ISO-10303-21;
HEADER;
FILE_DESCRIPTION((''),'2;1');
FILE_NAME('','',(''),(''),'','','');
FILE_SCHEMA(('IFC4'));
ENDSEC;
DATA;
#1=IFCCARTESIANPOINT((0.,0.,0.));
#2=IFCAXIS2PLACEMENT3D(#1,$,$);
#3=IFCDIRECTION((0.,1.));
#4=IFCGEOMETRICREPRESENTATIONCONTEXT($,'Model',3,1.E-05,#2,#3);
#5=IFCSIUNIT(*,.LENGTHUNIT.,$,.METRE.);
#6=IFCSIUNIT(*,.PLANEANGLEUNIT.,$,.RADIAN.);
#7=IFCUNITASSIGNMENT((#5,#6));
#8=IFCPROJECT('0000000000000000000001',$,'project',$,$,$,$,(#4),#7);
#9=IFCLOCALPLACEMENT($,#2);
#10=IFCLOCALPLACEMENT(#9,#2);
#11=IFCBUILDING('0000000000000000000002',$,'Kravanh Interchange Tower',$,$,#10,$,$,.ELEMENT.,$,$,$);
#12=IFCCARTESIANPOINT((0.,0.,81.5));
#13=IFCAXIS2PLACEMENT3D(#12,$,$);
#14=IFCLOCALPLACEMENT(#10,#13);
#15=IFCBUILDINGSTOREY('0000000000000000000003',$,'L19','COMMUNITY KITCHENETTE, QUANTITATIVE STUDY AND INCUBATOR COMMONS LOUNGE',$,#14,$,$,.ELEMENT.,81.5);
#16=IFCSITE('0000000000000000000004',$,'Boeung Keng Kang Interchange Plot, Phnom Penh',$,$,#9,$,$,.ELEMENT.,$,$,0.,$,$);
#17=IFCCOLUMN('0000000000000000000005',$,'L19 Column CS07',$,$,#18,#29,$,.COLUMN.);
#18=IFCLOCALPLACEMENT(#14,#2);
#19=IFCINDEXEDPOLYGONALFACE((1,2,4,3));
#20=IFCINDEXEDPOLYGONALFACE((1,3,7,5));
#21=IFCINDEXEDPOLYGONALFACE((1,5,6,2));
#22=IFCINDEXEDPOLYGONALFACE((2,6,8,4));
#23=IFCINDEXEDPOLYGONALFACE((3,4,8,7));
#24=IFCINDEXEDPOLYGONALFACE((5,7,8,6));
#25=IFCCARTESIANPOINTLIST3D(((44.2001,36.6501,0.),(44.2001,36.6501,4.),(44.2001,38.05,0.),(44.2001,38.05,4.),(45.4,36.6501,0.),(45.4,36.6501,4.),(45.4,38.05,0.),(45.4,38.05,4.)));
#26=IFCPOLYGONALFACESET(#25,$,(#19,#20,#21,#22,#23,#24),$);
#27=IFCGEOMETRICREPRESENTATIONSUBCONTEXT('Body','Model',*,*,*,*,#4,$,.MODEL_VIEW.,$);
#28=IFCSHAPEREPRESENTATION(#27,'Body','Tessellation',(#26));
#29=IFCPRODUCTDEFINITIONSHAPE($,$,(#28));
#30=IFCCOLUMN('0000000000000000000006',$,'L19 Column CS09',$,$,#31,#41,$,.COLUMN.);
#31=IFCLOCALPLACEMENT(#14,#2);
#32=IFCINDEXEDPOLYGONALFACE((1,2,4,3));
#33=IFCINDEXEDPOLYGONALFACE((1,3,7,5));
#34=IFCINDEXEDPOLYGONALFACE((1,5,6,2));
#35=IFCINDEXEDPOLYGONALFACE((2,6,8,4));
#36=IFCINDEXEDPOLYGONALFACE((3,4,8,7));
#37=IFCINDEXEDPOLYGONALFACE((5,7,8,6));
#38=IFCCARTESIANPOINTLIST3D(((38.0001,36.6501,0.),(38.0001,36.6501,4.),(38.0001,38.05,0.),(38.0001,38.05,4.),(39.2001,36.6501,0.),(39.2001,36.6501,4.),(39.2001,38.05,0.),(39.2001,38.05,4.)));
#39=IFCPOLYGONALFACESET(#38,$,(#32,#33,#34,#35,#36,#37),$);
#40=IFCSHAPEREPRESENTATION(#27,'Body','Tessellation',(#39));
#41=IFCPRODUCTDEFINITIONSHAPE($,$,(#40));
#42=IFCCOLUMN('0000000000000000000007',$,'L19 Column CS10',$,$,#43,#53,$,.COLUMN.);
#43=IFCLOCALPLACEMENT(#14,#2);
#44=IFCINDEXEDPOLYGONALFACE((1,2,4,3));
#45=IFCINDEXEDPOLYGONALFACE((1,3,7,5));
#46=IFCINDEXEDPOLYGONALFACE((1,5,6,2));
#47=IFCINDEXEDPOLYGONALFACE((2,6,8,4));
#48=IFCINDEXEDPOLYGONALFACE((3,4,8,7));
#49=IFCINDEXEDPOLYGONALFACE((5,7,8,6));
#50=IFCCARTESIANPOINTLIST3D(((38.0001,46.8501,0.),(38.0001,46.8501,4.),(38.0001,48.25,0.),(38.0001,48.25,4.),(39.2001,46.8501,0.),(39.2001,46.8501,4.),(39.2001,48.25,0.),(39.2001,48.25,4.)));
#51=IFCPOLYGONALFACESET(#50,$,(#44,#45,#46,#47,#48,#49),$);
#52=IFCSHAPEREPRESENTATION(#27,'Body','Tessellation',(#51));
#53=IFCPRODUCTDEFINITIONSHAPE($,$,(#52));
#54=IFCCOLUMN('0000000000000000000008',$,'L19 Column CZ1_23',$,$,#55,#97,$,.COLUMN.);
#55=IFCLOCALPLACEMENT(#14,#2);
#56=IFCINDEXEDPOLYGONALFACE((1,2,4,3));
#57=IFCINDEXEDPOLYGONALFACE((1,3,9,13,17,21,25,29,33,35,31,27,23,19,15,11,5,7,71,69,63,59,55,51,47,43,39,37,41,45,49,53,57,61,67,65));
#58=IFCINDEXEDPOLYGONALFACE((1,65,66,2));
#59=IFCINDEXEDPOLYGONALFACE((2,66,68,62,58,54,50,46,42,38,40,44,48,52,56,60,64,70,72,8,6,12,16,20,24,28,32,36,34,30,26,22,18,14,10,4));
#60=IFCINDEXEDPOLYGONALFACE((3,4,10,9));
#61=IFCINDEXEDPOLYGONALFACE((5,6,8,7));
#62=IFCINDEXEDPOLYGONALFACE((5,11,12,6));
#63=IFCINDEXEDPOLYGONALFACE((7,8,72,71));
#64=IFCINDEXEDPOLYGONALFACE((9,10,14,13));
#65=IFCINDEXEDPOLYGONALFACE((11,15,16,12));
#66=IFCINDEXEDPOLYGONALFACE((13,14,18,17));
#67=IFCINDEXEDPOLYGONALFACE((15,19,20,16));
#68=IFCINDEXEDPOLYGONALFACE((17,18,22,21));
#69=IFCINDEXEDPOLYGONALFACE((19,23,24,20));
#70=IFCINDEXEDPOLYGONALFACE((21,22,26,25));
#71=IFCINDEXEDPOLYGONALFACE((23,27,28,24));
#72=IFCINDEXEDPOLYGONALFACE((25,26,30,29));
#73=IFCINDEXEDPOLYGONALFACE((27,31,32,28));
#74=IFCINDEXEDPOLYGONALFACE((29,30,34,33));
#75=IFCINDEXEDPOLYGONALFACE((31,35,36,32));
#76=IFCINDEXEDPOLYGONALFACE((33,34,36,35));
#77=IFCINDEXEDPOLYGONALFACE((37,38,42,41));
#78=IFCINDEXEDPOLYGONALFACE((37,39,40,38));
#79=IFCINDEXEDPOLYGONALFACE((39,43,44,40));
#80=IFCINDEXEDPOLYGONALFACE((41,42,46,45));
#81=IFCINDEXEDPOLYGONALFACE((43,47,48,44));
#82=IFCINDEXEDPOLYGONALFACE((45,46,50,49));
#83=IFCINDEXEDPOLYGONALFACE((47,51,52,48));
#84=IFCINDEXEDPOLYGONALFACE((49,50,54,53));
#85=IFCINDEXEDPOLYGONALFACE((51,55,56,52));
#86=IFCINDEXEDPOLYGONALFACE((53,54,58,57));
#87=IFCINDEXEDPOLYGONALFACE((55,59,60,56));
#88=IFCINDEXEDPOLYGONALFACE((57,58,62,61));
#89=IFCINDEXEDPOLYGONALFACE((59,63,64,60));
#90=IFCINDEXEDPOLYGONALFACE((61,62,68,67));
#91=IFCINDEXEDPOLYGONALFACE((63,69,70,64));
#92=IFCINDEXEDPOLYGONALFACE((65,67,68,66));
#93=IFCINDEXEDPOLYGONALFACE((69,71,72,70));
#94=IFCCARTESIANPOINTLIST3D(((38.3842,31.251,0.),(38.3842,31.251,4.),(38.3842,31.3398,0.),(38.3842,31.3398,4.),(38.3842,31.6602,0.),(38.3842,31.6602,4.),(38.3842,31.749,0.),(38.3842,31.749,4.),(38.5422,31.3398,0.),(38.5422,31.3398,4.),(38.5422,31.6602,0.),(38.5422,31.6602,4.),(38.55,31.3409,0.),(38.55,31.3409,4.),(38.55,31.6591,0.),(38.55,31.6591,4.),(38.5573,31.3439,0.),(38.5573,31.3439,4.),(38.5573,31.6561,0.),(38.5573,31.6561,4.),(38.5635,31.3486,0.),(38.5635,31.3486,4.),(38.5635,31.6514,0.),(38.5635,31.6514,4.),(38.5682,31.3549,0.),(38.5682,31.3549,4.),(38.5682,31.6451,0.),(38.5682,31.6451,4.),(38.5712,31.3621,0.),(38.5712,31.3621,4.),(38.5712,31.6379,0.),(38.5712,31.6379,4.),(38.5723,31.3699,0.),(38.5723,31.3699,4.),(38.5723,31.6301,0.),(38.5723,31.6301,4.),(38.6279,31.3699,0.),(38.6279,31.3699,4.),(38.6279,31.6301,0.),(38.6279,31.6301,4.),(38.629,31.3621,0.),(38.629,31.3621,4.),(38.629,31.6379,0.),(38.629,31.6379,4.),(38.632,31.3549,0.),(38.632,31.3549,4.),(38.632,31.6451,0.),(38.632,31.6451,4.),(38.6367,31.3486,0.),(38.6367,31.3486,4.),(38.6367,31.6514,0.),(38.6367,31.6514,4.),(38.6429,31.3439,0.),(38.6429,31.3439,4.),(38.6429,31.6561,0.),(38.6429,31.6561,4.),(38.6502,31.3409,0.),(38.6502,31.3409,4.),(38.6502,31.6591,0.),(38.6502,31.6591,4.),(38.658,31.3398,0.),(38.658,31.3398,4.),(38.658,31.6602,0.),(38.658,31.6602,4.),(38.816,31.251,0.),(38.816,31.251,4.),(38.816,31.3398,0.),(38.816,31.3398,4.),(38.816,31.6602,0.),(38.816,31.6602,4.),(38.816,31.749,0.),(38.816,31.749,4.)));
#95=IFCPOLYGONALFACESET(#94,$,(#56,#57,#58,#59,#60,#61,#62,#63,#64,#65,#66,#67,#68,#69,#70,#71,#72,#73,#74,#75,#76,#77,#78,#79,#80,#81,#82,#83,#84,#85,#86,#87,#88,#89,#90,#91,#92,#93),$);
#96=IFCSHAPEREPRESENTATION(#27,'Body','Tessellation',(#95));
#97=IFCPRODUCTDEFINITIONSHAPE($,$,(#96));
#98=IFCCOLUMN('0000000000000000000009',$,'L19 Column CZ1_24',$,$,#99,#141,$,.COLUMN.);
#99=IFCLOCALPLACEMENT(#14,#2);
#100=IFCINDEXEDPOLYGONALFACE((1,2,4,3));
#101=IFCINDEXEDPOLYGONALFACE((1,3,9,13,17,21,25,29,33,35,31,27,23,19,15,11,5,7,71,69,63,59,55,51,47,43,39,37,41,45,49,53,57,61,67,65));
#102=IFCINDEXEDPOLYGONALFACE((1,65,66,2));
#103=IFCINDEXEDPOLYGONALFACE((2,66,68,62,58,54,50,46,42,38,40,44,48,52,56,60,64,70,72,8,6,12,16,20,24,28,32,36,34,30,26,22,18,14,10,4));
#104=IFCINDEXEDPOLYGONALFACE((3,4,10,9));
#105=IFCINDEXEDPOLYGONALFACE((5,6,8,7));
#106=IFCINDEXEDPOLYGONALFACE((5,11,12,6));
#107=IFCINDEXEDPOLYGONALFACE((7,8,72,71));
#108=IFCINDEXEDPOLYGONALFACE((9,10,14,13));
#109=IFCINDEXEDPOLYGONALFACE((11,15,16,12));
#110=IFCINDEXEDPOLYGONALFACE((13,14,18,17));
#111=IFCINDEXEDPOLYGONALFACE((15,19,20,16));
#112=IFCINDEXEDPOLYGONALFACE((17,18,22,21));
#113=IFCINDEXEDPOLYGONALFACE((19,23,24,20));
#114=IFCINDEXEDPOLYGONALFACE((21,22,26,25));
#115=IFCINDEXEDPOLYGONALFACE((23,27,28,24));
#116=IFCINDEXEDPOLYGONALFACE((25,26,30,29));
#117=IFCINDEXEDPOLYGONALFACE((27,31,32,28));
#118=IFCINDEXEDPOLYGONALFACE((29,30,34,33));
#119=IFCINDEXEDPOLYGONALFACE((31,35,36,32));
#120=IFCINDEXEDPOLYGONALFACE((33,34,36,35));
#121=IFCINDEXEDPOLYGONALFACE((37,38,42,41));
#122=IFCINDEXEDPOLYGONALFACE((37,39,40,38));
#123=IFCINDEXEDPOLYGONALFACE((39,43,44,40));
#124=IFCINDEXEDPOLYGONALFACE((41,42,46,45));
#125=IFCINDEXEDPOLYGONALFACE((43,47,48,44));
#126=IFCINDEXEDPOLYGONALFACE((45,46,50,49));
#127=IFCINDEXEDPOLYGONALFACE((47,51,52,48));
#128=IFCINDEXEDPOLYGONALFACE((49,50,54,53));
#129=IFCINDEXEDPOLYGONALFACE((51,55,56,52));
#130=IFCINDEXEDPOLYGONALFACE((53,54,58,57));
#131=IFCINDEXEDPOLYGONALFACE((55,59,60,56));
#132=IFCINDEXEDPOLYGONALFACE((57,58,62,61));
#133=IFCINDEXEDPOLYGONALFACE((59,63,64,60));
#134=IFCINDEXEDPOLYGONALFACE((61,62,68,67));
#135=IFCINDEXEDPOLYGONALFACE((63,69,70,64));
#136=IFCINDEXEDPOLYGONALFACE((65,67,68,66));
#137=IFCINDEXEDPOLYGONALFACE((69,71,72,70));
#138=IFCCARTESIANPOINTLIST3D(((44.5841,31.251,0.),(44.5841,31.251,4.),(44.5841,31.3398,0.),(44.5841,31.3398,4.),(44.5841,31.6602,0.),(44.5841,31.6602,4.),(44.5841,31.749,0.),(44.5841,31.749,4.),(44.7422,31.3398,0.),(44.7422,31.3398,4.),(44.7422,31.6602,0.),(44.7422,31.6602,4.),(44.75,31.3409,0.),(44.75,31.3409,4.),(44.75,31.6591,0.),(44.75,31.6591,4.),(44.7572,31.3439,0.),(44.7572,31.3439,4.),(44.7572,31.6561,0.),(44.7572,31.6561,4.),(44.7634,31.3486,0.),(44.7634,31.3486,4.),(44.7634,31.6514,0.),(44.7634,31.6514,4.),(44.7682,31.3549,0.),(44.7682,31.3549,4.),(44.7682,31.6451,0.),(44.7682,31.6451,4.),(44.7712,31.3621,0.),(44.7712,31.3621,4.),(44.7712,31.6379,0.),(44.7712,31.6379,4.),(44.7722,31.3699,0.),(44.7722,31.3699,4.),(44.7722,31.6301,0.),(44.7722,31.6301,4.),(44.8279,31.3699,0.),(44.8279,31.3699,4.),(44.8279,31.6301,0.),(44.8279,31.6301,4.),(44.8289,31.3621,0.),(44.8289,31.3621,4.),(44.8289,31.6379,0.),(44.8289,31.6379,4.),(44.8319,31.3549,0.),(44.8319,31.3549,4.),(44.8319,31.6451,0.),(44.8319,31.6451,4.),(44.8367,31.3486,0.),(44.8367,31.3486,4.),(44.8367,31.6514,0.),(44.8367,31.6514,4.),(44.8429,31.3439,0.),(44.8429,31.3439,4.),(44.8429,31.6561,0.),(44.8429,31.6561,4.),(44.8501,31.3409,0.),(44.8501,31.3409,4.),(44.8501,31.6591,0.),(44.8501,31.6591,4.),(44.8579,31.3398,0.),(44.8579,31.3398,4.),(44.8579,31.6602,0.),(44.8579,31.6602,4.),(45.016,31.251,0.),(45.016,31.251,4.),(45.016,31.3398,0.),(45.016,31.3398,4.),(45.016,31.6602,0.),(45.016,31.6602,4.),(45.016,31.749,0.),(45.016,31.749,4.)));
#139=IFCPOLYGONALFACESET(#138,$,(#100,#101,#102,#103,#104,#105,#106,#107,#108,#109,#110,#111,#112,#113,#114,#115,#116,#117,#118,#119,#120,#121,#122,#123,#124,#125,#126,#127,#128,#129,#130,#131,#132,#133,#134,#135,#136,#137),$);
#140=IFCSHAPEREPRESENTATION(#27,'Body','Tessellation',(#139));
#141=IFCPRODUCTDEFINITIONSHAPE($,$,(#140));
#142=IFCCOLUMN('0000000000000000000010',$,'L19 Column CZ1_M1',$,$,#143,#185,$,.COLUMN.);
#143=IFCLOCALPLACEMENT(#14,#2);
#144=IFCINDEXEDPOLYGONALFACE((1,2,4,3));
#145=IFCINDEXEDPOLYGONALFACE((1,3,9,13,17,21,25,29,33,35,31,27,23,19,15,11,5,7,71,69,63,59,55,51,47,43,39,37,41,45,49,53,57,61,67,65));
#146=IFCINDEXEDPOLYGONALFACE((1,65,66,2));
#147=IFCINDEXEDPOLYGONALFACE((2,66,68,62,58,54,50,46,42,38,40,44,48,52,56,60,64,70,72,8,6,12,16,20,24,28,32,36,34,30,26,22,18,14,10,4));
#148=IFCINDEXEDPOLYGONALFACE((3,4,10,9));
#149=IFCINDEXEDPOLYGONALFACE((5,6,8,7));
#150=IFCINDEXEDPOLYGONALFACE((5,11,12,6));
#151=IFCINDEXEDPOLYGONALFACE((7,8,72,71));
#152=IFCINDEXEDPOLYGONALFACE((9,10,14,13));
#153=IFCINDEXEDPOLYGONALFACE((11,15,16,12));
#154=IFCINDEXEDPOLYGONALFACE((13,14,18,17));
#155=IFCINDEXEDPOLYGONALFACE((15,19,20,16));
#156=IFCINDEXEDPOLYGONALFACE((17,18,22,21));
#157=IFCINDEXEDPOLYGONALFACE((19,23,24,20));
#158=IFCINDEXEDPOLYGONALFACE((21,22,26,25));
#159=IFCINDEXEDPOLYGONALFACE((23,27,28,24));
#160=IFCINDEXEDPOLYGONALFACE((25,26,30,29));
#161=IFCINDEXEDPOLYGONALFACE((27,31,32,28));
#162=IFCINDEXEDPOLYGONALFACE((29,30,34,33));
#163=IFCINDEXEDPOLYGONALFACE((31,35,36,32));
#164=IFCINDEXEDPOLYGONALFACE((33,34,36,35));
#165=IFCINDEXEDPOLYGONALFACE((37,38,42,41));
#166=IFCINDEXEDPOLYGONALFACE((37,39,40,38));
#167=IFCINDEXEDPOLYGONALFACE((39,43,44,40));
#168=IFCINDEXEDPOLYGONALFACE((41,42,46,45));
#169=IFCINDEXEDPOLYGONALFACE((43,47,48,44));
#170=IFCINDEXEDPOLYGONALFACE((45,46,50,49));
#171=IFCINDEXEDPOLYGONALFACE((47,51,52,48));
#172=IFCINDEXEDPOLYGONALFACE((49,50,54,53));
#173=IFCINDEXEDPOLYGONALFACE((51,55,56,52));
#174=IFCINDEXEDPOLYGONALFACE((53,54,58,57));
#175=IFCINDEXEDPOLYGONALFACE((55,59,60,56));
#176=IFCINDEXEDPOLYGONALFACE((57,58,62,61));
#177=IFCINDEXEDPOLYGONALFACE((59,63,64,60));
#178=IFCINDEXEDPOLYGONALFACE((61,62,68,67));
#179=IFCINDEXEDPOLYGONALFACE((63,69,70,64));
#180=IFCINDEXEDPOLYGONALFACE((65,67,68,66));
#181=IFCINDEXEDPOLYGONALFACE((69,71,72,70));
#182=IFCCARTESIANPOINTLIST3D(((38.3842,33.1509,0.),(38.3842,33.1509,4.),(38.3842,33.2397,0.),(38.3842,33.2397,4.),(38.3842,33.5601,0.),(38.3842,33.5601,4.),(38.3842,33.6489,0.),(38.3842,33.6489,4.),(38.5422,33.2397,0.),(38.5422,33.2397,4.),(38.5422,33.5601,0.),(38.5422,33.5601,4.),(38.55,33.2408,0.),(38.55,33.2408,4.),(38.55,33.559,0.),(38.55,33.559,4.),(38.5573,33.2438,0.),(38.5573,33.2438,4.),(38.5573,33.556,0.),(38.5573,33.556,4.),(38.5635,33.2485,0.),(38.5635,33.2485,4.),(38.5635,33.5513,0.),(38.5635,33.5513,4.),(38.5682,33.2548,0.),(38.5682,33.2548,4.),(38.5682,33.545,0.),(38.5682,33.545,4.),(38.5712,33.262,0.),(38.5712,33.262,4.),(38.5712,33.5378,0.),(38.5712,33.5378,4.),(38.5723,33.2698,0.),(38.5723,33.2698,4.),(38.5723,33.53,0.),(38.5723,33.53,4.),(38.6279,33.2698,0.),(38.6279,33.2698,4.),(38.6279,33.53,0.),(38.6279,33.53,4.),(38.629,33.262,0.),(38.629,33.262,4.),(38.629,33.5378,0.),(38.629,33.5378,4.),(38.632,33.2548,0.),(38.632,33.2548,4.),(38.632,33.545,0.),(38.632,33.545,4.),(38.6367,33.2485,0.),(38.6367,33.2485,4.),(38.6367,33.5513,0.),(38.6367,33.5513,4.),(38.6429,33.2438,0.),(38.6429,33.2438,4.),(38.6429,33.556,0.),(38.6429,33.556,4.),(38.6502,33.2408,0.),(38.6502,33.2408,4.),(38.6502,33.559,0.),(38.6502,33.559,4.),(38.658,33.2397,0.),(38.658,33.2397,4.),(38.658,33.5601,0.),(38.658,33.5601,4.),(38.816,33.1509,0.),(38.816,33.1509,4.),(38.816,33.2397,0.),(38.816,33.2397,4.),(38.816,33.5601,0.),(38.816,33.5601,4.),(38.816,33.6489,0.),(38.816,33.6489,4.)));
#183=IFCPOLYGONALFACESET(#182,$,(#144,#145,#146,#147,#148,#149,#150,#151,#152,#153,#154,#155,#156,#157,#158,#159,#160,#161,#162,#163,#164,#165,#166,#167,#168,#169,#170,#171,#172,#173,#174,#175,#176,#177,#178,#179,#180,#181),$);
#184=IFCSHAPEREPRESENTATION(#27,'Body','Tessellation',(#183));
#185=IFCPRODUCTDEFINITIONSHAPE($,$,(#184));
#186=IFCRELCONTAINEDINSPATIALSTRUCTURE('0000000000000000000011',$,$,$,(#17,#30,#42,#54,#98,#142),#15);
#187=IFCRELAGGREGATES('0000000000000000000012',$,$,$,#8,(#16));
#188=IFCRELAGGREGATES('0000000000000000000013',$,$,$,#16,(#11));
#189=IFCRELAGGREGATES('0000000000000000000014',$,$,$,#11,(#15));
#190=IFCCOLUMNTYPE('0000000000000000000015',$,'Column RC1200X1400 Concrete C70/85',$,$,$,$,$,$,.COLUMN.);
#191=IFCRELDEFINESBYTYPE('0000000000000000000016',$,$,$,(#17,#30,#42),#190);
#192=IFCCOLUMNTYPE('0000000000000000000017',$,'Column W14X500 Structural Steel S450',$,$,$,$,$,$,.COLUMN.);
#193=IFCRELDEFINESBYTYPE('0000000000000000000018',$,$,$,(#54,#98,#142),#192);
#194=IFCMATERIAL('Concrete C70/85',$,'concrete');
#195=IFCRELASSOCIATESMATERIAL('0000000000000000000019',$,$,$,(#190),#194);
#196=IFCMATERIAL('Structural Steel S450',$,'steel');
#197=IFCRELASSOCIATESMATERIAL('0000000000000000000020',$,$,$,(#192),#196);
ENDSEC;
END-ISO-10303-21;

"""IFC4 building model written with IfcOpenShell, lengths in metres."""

from ifc_helpers import new_model, si_unit, direction, frame, origin, origin_2d, place, context, subcontext, project, spatial, rectangle, i_section, extrude, material, material_profile, profile_set, type_object, element, save


model = new_model("IFC4")

# Units and contexts
model_context = context("Model", 3, precision=1e-05, world=origin(), true_north=direction((0.0, 1.0)))
body_context = subcontext(model_context, "Body", "Model", "MODEL_VIEW")
ifc_project = project(units=[si_unit("LENGTHUNIT", "METRE"), si_unit("PLANEANGLEUNIT", "RADIAN")], contexts=[model_context])

# Site, building, storey
site_placement = place(None, origin())
site = spatial("IfcSite", under=ifc_project, at=site_placement, Name="Boeung Keng Kang Interchange Plot, Phnom Penh", CompositionType="ELEMENT", RefElevation=0.0)
building_placement = place(site_placement, origin())
building = spatial("IfcBuilding", under=site, at=building_placement, Name="Kravanh Interchange Tower", CompositionType="ELEMENT")
storey_placement = place(building_placement, frame((0.0, 0.0, 81.5)))
storey = spatial("IfcBuildingStorey", under=building, at=storey_placement, Name="L19", Description="COMMUNITY KITCHENETTE, QUANTITATIVE STUDY AND INCUBATOR COMMONS LOUNGE", CompositionType="ELEMENT", Elevation=81.5)

# Columns
ifc_material_1 = material(Name="Concrete C70/85", Category="concrete")
ifc_material_profile_1 = material_profile(ifc_material_1, rectangle(XDim=1.2, YDim=1.3999, at=origin_2d()), Name="RC1200X1400")
ifc_profile_set_1 = profile_set([ifc_material_profile_1], Name="Concrete C70/85")
column_type_1 = type_object("IfcColumnType", Name="Column RC1200X1400 Concrete C70/85", PredefinedType="COLUMN", material=ifc_profile_set_1)
for number, where, z_axis, x_axis, name in (
    (1, (44.8, 37.3501, 0.0), (0.0, 0.0, 1.0), (1.0, 0.0, 0.0), "L19 Column CS07"),
    (2, (38.6001, 37.3501, 0.0), (0.0, 0.0, 1.0), (1.0, 0.0, 0.0), "L19 Column CS09"),
    (3, (38.6001, 47.55, 0.0), (0.0, 0.0, 1.0), (1.0, 0.0, 0.0), "L19 Column CS10"),
):
    element("IfcColumn", number, at=place(storey_placement, frame(where, z_axis=z_axis, x_axis=x_axis)), inside=storey, type_object=column_type_1, Name=name, PredefinedType="COLUMN", context=body_context, shape_type="SweptSolid", body=[
        extrude(rectangle(XDim=1.2, YDim=1.3999, at=origin_2d()), origin(), (0.0, 0.0, 1.0), 4.0),
    ])
ifc_material_2 = material(Name="Structural Steel S450", Category="steel")
ifc_material_profile_2 = material_profile(ifc_material_2, i_section(OverallWidth=0.4319, OverallDepth=0.498, WebThickness=0.0557, FlangeThickness=0.0889, FilletRadius=0.03, at=origin_2d()), Name="W14X500")
ifc_profile_set_2 = profile_set([ifc_material_profile_2], Name="Structural Steel S450")
column_type_2 = type_object("IfcColumnType", Name="Column W14X500 Structural Steel S450", PredefinedType="COLUMN", material=ifc_profile_set_2)
for number, where, z_axis, x_axis, name in (
    (4, (38.6001, 31.5, 0.0), (0.0, 0.0, 1.0), (1.0, 0.0, 0.0), "L19 Column CZ1_23"),
    (5, (44.8, 31.5, 0.0), (0.0, 0.0, 1.0), (1.0, 0.0, 0.0), "L19 Column CZ1_24"),
    (6, (38.6001, 33.3999, 0.0), (0.0, 0.0, 1.0), (1.0, 0.0, 0.0), "L19 Column CZ1_M1"),
):
    element("IfcColumn", number, at=place(storey_placement, frame(where, z_axis=z_axis, x_axis=x_axis)), inside=storey, type_object=column_type_2, Name=name, PredefinedType="COLUMN", context=body_context, shape_type="SweptSolid", body=[
        extrude(i_section(OverallWidth=0.4319, OverallDepth=0.498, WebThickness=0.0557, FlangeThickness=0.0889, FilletRadius=0.03, at=origin_2d()), origin(), (0.0, 0.0, 1.0), 4.0),
    ])

save(model, "model.ifc")
